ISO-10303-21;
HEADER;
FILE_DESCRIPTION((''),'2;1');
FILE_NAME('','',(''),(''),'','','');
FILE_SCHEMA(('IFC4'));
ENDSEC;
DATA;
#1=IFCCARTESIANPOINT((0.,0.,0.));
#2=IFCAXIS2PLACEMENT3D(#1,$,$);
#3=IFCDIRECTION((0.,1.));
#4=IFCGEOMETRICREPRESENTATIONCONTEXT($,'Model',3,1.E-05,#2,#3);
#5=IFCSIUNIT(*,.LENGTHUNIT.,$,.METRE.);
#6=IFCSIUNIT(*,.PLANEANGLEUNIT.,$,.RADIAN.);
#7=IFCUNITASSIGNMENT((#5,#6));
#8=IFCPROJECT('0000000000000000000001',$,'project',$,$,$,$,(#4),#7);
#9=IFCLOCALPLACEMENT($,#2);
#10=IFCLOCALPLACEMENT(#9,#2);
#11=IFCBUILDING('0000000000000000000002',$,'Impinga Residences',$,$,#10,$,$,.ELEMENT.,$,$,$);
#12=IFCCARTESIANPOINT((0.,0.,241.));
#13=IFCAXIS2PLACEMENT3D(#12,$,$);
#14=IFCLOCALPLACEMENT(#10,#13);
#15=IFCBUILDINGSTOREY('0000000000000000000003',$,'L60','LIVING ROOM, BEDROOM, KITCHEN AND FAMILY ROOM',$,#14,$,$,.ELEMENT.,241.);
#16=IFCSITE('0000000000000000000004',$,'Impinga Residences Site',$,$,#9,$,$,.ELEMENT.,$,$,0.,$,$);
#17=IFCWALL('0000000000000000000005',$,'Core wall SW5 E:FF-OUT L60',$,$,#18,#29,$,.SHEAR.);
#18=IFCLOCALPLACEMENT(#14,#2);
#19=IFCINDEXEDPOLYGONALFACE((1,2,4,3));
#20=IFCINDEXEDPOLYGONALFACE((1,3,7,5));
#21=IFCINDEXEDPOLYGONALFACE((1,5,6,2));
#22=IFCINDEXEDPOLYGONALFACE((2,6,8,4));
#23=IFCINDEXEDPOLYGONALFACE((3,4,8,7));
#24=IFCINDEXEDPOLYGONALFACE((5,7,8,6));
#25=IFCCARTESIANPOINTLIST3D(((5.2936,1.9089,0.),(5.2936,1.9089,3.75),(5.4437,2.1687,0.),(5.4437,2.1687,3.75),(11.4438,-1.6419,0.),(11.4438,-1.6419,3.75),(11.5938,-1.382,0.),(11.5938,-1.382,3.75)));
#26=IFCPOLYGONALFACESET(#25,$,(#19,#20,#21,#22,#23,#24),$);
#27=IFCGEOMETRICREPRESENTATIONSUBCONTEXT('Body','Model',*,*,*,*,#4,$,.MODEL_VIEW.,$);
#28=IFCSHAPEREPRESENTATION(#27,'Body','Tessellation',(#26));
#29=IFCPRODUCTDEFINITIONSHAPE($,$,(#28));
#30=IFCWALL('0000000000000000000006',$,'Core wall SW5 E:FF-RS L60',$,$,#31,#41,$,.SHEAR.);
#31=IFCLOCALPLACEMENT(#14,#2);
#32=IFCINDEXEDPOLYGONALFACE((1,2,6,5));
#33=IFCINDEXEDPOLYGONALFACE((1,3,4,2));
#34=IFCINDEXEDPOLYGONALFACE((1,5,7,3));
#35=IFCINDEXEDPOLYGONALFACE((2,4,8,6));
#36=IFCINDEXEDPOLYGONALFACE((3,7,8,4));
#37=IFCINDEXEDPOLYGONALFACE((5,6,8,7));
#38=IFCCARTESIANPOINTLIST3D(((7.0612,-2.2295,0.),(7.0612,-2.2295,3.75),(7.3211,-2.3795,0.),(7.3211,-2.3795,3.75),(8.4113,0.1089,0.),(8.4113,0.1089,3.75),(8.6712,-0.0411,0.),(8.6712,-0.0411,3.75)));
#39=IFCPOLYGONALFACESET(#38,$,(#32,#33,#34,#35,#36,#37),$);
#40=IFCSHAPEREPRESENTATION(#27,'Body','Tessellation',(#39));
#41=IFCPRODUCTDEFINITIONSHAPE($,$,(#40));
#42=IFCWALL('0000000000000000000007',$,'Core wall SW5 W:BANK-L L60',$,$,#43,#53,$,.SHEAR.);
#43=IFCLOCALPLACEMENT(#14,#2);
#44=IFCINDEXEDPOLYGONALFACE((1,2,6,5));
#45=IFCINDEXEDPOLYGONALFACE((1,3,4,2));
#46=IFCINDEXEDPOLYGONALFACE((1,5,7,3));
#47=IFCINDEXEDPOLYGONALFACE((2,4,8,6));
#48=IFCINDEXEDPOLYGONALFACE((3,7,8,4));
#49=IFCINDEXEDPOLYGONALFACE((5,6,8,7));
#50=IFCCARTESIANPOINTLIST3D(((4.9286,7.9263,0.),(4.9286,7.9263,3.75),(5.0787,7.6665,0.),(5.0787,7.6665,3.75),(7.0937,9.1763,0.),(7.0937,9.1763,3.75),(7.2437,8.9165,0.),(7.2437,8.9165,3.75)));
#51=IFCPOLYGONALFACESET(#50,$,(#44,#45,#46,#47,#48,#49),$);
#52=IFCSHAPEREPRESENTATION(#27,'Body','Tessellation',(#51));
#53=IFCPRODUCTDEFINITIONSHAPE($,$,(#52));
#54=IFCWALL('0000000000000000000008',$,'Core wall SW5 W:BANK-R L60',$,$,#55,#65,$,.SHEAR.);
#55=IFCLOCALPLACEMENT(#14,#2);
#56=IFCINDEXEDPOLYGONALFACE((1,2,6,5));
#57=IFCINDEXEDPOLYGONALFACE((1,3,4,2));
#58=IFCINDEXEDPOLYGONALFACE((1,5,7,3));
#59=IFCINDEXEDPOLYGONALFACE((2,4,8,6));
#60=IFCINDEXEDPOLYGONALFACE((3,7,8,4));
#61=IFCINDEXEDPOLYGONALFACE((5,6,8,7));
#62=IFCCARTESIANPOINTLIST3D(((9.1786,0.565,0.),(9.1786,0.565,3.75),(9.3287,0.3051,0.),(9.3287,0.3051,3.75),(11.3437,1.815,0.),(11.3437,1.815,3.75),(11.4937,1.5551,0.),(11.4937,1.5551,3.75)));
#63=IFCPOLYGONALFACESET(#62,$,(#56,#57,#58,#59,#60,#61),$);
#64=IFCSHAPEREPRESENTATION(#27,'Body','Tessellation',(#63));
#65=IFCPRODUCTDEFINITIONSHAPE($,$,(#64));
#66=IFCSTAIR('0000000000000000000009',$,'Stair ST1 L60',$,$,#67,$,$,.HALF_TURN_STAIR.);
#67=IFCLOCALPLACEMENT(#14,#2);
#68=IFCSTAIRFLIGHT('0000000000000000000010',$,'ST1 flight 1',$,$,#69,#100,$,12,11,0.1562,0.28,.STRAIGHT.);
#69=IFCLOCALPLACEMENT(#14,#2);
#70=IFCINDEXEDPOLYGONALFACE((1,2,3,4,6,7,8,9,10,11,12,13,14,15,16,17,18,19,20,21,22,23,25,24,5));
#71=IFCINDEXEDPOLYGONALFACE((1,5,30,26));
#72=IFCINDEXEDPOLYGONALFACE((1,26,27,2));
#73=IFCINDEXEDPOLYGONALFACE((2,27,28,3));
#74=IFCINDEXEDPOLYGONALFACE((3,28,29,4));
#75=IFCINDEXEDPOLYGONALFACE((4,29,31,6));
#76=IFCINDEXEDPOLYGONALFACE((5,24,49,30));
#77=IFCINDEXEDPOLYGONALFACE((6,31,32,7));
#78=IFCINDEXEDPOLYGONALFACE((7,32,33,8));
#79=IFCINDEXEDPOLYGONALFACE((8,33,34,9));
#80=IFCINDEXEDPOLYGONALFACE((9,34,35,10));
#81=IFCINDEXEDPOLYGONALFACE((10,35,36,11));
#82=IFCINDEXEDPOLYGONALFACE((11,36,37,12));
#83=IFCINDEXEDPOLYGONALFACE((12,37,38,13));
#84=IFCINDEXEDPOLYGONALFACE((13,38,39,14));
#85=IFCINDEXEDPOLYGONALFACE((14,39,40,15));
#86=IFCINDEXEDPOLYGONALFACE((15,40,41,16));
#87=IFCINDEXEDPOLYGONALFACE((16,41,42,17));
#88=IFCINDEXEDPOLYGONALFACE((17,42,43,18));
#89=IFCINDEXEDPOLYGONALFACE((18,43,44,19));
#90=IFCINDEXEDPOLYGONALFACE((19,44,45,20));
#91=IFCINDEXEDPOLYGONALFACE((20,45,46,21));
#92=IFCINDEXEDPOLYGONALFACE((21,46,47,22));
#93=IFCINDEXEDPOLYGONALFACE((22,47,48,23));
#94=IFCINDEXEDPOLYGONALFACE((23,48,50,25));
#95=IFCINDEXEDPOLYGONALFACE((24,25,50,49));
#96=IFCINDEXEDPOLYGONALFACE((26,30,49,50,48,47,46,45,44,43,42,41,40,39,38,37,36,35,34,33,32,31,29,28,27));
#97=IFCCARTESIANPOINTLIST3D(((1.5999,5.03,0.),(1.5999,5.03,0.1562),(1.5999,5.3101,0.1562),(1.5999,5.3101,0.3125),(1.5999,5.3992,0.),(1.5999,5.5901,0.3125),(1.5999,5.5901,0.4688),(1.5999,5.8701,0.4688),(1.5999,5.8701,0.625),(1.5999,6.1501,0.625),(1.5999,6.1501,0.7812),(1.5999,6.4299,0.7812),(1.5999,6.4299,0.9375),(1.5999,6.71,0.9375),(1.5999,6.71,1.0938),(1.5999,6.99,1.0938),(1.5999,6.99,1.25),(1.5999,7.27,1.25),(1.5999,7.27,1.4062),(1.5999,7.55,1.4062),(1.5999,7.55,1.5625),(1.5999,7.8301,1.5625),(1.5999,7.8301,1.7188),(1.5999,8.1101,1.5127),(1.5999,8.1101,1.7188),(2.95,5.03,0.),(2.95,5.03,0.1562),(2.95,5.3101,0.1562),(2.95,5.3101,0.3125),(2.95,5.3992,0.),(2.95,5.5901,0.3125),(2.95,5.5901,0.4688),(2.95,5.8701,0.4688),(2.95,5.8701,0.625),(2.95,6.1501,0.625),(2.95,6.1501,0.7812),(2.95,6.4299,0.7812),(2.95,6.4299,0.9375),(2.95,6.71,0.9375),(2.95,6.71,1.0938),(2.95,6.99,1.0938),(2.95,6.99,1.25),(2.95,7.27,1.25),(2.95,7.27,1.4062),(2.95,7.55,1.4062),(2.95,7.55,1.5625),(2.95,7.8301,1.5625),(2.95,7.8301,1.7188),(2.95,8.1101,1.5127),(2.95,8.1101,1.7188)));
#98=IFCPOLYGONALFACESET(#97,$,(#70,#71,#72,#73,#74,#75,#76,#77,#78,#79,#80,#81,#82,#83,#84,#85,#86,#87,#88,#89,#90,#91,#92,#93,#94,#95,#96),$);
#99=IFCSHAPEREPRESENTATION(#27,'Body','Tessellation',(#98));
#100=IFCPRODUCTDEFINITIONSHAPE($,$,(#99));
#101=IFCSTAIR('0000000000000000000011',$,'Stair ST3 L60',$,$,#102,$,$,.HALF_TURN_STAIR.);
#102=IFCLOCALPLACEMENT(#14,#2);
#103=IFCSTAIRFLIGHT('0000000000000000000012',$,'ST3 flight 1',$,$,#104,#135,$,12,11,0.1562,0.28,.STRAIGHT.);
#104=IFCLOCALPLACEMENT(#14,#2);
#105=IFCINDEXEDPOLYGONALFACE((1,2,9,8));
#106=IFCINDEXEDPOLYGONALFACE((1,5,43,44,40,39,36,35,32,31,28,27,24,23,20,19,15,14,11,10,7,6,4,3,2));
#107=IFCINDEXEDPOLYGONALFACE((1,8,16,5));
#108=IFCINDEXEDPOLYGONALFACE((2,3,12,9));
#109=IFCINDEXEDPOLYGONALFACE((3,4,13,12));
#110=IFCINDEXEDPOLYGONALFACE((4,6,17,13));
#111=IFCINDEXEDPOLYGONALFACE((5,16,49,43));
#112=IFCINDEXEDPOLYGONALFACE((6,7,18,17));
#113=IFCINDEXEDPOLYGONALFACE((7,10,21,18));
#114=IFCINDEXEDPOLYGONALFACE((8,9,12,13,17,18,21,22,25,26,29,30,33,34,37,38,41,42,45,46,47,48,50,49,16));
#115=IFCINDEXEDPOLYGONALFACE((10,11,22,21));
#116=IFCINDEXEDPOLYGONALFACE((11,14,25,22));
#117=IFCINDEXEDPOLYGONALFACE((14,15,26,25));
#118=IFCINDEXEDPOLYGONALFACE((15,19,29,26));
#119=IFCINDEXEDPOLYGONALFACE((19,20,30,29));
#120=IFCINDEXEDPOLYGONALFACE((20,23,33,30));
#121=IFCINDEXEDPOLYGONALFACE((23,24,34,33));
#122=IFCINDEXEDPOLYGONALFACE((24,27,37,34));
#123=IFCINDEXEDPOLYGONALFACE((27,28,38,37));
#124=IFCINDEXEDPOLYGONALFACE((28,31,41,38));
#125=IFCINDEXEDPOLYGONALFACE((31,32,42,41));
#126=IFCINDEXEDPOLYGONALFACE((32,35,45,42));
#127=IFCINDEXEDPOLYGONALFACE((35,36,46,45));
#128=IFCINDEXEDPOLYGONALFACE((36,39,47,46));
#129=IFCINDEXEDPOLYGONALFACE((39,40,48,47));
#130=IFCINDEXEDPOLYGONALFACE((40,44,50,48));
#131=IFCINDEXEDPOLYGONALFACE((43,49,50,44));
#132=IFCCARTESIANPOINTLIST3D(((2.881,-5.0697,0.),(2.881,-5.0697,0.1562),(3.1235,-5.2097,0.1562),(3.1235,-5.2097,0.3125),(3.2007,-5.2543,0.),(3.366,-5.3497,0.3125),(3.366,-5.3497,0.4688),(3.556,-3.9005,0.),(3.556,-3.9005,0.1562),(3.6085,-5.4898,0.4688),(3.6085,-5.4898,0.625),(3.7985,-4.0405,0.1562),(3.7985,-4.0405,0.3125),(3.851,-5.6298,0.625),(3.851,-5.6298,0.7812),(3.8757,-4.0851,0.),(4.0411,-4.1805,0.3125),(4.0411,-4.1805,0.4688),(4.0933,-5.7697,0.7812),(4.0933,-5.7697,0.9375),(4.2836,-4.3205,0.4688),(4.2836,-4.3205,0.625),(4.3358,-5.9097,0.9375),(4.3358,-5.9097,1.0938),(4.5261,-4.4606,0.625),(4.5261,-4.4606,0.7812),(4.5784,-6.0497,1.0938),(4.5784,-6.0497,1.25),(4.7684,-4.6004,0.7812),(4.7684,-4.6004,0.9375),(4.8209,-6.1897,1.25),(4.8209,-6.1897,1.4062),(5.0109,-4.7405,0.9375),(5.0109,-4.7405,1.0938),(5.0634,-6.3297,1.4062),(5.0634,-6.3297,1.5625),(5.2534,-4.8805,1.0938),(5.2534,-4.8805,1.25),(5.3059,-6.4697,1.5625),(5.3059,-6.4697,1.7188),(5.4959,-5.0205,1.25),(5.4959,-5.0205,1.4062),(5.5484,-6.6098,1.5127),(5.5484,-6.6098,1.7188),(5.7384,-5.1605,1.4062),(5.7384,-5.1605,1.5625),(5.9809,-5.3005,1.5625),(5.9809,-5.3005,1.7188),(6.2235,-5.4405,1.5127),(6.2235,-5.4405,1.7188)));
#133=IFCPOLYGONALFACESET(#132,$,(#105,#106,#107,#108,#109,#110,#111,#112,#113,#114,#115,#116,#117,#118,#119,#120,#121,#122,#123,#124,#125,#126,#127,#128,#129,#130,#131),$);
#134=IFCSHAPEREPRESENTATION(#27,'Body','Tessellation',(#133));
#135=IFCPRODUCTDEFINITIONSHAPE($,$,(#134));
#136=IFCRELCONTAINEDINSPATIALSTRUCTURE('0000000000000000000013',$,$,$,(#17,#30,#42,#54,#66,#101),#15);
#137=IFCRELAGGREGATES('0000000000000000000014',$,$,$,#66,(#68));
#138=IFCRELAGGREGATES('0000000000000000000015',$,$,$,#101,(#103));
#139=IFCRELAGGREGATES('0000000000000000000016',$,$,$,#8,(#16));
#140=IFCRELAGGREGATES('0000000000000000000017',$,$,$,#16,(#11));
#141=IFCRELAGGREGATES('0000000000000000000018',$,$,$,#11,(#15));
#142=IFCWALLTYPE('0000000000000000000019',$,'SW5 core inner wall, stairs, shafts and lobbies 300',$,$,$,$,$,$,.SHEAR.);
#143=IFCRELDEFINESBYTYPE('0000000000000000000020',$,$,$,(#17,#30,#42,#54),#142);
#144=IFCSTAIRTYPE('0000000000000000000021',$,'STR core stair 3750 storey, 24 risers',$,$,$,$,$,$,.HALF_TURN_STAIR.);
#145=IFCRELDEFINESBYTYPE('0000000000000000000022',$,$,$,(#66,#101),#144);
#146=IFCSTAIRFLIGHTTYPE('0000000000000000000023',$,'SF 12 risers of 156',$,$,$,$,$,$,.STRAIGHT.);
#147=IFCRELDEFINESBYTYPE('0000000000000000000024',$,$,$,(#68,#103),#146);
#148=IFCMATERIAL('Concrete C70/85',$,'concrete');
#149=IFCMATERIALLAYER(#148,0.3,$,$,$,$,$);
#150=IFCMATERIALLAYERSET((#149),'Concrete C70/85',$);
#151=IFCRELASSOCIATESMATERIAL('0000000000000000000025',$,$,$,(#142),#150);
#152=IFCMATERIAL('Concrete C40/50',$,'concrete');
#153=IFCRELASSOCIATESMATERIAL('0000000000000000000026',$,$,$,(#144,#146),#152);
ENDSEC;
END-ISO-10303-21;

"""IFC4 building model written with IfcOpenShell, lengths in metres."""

from ifc_helpers import new_model, si_unit, direction, frame, frame_2d, origin, place, context, subcontext, project, spatial, polyline, rectangle, outline, extrude, material, layer, layer_set, type_object, element, aggregate, save


model = new_model("IFC4")

# Units and contexts
model_context = context("Model", 3, precision=1e-05, world=origin(), true_north=direction((0.0, 1.0)))
body_context = subcontext(model_context, "Body", "Model", "MODEL_VIEW")
ifc_project = project(units=[si_unit("LENGTHUNIT", "METRE"), si_unit("PLANEANGLEUNIT", "RADIAN")], contexts=[model_context])

# Site, building, storey
site_placement = place(None, origin())
site = spatial("IfcSite", under=ifc_project, at=site_placement, Name="Impinga Residences Site", CompositionType="ELEMENT", RefElevation=0.0)
building_placement = place(site_placement, origin())
building = spatial("IfcBuilding", under=site, at=building_placement, Name="Impinga Residences", CompositionType="ELEMENT")
storey_placement = place(building_placement, frame((0.0, 0.0, 241.0)))
storey = spatial("IfcBuildingStorey", under=building, at=storey_placement, Name="L60", Description="LIVING ROOM, BEDROOM, KITCHEN AND FAMILY ROOM", CompositionType="ELEMENT", Elevation=241.0)

# Shared definitions
ifc_material_1 = material(Name="Concrete C70/85", Category="concrete")
ifc_layer_1 = layer(ifc_material_1, 0.3)
ifc_layer_set_1 = layer_set([ifc_layer_1], Name="Concrete C70/85")
wall_type_1 = type_object("IfcWallType", Name="SW5 core inner wall, stairs, shafts and lobbies 300", PredefinedType="SHEAR", material=ifc_layer_set_1)

# Walls
wall_1_placement = place(storey_placement, frame((5.3687, 2.0388, 0.0), z_axis=(0.0, 0.0, 1.0), x_axis=(0.866026, -0.499999, 0.0)))
element("IfcWall", 1, at=wall_1_placement, inside=storey, type_object=wall_type_1, Name="Core wall SW5 E:FF-OUT L60", PredefinedType="SHEAR", context=body_context, shape_type="SweptSolid", body=[
    extrude(rectangle(XDim=7.1016, YDim=0.3, at=frame_2d((3.5508, 0.0))), origin(), (0.0, 0.0, 1.0), 3.75),
])
wall_2_placement = place(storey_placement, frame((8.5413, 0.0339, 0.0), z_axis=(0.0, 0.0, 1.0), x_axis=(-0.500009, -0.86602, 0.0)))
element("IfcWall", 2, at=wall_2_placement, inside=storey, type_object=wall_type_1, Name="Core wall SW5 E:FF-RS L60", PredefinedType="SHEAR", context=body_context, shape_type="SweptSolid", body=[
    extrude(rectangle(XDim=2.7002, YDim=0.3, at=frame_2d((1.3501, 0.0))), origin(), (0.0, 0.0, 1.0), 3.75),
])
for number, where, z_axis, x_axis, name in (
    (3, (5.0037, 7.7964, 0.0), (0.0, 0.0, 1.0), (0.866023, 0.500004, 0.0), "Core wall SW5 W:BANK-L L60"),
    (4, (9.2537, 0.4351, 0.0), (0.0, 0.0, 1.0), (0.866023, 0.500004, 0.0), "Core wall SW5 W:BANK-R L60"),
):
    element("IfcWall", number, at=place(storey_placement, frame(where, z_axis=z_axis, x_axis=x_axis)), inside=storey, type_object=wall_type_1, Name=name, PredefinedType="SHEAR", context=body_context, shape_type="SweptSolid", body=[
        extrude(rectangle(XDim=2.5, YDim=0.3, at=frame_2d((1.25, 0.0))), origin(), (0.0, 0.0, 1.0), 3.75),
    ])

# Stairs, stair flights
ifc_material_2 = material(Name="Concrete C40/50", Category="concrete")
stair_type = type_object("IfcStairType", Name="STR core stair 3750 storey, 24 risers", PredefinedType="HALF_TURN_STAIR", material=ifc_material_2)
stair_1_placement = place(storey_placement, origin())
stair_1 = element("IfcStair", 5, at=stair_1_placement, inside=storey, type_object=stair_type, Name="Stair ST1 L60", PredefinedType="HALF_TURN_STAIR")
stair_flight_type = type_object("IfcStairFlightType", Name="SF 12 risers of 156", PredefinedType="STRAIGHT", material=ifc_material_2)
stair_flight_1_placement = place(storey_placement, frame((2.2749, 5.03, 0.0), z_axis=(0.0, 0.0, 1.0), x_axis=(0.0, 1.0, 0.0)))
stair_flight_1 = element("IfcStairFlight", 6, at=stair_flight_1_placement, type_object=stair_flight_type, Name="ST1 flight 1", NumberOfRisers=12, NumberOfTreads=11, PredefinedType="STRAIGHT", RiserHeight=0.1562, TreadLength=0.28, context=body_context, shape_type="SweptSolid", body=[
    extrude(outline(polyline([(0.0, 0.0), (0.0, 0.1562), (0.28, 0.1562), (0.28, 0.3125), (0.5601, 0.3125), (0.5601, 0.4688), (0.8401, 0.4688), (0.8401, 0.625), (1.1201, 0.625), (1.1201, 0.7812), (1.3999, 0.7812), (1.3999, 0.9375), (1.6799, 0.9375), (1.6799, 1.0938), (1.96, 1.0938), (1.96, 1.25), (2.24, 1.25), (2.24, 1.4062), (2.52, 1.4062), (2.52, 1.5625), (2.8, 1.5625), (2.8, 1.7188), (3.0801, 1.7188), (3.0801, 1.875), (3.0801, 1.5127), (0.3691, 0.0), (0.0, 0.0)])), frame((0.0, 0.675, 0.0), z_axis=(0.0, -1.0, 0.0), x_axis=(1.0, 0.0, 0.0)), (0.0, 0.0, 1.0), 1.3501),
])
aggregate(stair_1, [stair_flight_1])
stair_2_placement = place(storey_placement, origin())
stair_2 = element("IfcStair", 7, at=stair_2_placement, inside=storey, type_object=stair_type, Name="Stair ST3 L60", PredefinedType="HALF_TURN_STAIR")
stair_flight_2_placement = place(storey_placement, frame((3.2185, -4.4851, 0.0), z_axis=(0.0, 0.0, 1.0), x_axis=(0.866025, -0.5, 0.0)))
stair_flight_2 = element("IfcStairFlight", 8, at=stair_flight_2_placement, type_object=stair_flight_type, Name="ST3 flight 1", NumberOfRisers=12, NumberOfTreads=11, PredefinedType="STRAIGHT", RiserHeight=0.1562, TreadLength=0.28, context=body_context, shape_type="SweptSolid", body=[
    extrude(outline(polyline([(0.0, 0.0), (0.0, 0.1562), (0.28, 0.1562), (0.28, 0.3125), (0.5601, 0.3125), (0.5601, 0.4688), (0.8401, 0.4688), (0.8401, 0.625), (1.1201, 0.625), (1.1201, 0.7812), (1.3999, 0.7812), (1.3999, 0.9375), (1.6799, 0.9375), (1.6799, 1.0938), (1.96, 1.0938), (1.96, 1.25), (2.24, 1.25), (2.24, 1.4062), (2.52, 1.4062), (2.52, 1.5625), (2.8, 1.5625), (2.8, 1.7188), (3.0801, 1.7188), (3.0801, 1.875), (3.0801, 1.5127), (0.3691, 0.0), (0.0, 0.0)])), frame((0.0, 0.675, 0.0), z_axis=(0.0, -1.0, 0.0), x_axis=(1.0, 0.0, 0.0)), (0.0, 0.0, 1.0), 1.3501),
])
aggregate(stair_2, [stair_flight_2])

save(model, "model.ifc")
